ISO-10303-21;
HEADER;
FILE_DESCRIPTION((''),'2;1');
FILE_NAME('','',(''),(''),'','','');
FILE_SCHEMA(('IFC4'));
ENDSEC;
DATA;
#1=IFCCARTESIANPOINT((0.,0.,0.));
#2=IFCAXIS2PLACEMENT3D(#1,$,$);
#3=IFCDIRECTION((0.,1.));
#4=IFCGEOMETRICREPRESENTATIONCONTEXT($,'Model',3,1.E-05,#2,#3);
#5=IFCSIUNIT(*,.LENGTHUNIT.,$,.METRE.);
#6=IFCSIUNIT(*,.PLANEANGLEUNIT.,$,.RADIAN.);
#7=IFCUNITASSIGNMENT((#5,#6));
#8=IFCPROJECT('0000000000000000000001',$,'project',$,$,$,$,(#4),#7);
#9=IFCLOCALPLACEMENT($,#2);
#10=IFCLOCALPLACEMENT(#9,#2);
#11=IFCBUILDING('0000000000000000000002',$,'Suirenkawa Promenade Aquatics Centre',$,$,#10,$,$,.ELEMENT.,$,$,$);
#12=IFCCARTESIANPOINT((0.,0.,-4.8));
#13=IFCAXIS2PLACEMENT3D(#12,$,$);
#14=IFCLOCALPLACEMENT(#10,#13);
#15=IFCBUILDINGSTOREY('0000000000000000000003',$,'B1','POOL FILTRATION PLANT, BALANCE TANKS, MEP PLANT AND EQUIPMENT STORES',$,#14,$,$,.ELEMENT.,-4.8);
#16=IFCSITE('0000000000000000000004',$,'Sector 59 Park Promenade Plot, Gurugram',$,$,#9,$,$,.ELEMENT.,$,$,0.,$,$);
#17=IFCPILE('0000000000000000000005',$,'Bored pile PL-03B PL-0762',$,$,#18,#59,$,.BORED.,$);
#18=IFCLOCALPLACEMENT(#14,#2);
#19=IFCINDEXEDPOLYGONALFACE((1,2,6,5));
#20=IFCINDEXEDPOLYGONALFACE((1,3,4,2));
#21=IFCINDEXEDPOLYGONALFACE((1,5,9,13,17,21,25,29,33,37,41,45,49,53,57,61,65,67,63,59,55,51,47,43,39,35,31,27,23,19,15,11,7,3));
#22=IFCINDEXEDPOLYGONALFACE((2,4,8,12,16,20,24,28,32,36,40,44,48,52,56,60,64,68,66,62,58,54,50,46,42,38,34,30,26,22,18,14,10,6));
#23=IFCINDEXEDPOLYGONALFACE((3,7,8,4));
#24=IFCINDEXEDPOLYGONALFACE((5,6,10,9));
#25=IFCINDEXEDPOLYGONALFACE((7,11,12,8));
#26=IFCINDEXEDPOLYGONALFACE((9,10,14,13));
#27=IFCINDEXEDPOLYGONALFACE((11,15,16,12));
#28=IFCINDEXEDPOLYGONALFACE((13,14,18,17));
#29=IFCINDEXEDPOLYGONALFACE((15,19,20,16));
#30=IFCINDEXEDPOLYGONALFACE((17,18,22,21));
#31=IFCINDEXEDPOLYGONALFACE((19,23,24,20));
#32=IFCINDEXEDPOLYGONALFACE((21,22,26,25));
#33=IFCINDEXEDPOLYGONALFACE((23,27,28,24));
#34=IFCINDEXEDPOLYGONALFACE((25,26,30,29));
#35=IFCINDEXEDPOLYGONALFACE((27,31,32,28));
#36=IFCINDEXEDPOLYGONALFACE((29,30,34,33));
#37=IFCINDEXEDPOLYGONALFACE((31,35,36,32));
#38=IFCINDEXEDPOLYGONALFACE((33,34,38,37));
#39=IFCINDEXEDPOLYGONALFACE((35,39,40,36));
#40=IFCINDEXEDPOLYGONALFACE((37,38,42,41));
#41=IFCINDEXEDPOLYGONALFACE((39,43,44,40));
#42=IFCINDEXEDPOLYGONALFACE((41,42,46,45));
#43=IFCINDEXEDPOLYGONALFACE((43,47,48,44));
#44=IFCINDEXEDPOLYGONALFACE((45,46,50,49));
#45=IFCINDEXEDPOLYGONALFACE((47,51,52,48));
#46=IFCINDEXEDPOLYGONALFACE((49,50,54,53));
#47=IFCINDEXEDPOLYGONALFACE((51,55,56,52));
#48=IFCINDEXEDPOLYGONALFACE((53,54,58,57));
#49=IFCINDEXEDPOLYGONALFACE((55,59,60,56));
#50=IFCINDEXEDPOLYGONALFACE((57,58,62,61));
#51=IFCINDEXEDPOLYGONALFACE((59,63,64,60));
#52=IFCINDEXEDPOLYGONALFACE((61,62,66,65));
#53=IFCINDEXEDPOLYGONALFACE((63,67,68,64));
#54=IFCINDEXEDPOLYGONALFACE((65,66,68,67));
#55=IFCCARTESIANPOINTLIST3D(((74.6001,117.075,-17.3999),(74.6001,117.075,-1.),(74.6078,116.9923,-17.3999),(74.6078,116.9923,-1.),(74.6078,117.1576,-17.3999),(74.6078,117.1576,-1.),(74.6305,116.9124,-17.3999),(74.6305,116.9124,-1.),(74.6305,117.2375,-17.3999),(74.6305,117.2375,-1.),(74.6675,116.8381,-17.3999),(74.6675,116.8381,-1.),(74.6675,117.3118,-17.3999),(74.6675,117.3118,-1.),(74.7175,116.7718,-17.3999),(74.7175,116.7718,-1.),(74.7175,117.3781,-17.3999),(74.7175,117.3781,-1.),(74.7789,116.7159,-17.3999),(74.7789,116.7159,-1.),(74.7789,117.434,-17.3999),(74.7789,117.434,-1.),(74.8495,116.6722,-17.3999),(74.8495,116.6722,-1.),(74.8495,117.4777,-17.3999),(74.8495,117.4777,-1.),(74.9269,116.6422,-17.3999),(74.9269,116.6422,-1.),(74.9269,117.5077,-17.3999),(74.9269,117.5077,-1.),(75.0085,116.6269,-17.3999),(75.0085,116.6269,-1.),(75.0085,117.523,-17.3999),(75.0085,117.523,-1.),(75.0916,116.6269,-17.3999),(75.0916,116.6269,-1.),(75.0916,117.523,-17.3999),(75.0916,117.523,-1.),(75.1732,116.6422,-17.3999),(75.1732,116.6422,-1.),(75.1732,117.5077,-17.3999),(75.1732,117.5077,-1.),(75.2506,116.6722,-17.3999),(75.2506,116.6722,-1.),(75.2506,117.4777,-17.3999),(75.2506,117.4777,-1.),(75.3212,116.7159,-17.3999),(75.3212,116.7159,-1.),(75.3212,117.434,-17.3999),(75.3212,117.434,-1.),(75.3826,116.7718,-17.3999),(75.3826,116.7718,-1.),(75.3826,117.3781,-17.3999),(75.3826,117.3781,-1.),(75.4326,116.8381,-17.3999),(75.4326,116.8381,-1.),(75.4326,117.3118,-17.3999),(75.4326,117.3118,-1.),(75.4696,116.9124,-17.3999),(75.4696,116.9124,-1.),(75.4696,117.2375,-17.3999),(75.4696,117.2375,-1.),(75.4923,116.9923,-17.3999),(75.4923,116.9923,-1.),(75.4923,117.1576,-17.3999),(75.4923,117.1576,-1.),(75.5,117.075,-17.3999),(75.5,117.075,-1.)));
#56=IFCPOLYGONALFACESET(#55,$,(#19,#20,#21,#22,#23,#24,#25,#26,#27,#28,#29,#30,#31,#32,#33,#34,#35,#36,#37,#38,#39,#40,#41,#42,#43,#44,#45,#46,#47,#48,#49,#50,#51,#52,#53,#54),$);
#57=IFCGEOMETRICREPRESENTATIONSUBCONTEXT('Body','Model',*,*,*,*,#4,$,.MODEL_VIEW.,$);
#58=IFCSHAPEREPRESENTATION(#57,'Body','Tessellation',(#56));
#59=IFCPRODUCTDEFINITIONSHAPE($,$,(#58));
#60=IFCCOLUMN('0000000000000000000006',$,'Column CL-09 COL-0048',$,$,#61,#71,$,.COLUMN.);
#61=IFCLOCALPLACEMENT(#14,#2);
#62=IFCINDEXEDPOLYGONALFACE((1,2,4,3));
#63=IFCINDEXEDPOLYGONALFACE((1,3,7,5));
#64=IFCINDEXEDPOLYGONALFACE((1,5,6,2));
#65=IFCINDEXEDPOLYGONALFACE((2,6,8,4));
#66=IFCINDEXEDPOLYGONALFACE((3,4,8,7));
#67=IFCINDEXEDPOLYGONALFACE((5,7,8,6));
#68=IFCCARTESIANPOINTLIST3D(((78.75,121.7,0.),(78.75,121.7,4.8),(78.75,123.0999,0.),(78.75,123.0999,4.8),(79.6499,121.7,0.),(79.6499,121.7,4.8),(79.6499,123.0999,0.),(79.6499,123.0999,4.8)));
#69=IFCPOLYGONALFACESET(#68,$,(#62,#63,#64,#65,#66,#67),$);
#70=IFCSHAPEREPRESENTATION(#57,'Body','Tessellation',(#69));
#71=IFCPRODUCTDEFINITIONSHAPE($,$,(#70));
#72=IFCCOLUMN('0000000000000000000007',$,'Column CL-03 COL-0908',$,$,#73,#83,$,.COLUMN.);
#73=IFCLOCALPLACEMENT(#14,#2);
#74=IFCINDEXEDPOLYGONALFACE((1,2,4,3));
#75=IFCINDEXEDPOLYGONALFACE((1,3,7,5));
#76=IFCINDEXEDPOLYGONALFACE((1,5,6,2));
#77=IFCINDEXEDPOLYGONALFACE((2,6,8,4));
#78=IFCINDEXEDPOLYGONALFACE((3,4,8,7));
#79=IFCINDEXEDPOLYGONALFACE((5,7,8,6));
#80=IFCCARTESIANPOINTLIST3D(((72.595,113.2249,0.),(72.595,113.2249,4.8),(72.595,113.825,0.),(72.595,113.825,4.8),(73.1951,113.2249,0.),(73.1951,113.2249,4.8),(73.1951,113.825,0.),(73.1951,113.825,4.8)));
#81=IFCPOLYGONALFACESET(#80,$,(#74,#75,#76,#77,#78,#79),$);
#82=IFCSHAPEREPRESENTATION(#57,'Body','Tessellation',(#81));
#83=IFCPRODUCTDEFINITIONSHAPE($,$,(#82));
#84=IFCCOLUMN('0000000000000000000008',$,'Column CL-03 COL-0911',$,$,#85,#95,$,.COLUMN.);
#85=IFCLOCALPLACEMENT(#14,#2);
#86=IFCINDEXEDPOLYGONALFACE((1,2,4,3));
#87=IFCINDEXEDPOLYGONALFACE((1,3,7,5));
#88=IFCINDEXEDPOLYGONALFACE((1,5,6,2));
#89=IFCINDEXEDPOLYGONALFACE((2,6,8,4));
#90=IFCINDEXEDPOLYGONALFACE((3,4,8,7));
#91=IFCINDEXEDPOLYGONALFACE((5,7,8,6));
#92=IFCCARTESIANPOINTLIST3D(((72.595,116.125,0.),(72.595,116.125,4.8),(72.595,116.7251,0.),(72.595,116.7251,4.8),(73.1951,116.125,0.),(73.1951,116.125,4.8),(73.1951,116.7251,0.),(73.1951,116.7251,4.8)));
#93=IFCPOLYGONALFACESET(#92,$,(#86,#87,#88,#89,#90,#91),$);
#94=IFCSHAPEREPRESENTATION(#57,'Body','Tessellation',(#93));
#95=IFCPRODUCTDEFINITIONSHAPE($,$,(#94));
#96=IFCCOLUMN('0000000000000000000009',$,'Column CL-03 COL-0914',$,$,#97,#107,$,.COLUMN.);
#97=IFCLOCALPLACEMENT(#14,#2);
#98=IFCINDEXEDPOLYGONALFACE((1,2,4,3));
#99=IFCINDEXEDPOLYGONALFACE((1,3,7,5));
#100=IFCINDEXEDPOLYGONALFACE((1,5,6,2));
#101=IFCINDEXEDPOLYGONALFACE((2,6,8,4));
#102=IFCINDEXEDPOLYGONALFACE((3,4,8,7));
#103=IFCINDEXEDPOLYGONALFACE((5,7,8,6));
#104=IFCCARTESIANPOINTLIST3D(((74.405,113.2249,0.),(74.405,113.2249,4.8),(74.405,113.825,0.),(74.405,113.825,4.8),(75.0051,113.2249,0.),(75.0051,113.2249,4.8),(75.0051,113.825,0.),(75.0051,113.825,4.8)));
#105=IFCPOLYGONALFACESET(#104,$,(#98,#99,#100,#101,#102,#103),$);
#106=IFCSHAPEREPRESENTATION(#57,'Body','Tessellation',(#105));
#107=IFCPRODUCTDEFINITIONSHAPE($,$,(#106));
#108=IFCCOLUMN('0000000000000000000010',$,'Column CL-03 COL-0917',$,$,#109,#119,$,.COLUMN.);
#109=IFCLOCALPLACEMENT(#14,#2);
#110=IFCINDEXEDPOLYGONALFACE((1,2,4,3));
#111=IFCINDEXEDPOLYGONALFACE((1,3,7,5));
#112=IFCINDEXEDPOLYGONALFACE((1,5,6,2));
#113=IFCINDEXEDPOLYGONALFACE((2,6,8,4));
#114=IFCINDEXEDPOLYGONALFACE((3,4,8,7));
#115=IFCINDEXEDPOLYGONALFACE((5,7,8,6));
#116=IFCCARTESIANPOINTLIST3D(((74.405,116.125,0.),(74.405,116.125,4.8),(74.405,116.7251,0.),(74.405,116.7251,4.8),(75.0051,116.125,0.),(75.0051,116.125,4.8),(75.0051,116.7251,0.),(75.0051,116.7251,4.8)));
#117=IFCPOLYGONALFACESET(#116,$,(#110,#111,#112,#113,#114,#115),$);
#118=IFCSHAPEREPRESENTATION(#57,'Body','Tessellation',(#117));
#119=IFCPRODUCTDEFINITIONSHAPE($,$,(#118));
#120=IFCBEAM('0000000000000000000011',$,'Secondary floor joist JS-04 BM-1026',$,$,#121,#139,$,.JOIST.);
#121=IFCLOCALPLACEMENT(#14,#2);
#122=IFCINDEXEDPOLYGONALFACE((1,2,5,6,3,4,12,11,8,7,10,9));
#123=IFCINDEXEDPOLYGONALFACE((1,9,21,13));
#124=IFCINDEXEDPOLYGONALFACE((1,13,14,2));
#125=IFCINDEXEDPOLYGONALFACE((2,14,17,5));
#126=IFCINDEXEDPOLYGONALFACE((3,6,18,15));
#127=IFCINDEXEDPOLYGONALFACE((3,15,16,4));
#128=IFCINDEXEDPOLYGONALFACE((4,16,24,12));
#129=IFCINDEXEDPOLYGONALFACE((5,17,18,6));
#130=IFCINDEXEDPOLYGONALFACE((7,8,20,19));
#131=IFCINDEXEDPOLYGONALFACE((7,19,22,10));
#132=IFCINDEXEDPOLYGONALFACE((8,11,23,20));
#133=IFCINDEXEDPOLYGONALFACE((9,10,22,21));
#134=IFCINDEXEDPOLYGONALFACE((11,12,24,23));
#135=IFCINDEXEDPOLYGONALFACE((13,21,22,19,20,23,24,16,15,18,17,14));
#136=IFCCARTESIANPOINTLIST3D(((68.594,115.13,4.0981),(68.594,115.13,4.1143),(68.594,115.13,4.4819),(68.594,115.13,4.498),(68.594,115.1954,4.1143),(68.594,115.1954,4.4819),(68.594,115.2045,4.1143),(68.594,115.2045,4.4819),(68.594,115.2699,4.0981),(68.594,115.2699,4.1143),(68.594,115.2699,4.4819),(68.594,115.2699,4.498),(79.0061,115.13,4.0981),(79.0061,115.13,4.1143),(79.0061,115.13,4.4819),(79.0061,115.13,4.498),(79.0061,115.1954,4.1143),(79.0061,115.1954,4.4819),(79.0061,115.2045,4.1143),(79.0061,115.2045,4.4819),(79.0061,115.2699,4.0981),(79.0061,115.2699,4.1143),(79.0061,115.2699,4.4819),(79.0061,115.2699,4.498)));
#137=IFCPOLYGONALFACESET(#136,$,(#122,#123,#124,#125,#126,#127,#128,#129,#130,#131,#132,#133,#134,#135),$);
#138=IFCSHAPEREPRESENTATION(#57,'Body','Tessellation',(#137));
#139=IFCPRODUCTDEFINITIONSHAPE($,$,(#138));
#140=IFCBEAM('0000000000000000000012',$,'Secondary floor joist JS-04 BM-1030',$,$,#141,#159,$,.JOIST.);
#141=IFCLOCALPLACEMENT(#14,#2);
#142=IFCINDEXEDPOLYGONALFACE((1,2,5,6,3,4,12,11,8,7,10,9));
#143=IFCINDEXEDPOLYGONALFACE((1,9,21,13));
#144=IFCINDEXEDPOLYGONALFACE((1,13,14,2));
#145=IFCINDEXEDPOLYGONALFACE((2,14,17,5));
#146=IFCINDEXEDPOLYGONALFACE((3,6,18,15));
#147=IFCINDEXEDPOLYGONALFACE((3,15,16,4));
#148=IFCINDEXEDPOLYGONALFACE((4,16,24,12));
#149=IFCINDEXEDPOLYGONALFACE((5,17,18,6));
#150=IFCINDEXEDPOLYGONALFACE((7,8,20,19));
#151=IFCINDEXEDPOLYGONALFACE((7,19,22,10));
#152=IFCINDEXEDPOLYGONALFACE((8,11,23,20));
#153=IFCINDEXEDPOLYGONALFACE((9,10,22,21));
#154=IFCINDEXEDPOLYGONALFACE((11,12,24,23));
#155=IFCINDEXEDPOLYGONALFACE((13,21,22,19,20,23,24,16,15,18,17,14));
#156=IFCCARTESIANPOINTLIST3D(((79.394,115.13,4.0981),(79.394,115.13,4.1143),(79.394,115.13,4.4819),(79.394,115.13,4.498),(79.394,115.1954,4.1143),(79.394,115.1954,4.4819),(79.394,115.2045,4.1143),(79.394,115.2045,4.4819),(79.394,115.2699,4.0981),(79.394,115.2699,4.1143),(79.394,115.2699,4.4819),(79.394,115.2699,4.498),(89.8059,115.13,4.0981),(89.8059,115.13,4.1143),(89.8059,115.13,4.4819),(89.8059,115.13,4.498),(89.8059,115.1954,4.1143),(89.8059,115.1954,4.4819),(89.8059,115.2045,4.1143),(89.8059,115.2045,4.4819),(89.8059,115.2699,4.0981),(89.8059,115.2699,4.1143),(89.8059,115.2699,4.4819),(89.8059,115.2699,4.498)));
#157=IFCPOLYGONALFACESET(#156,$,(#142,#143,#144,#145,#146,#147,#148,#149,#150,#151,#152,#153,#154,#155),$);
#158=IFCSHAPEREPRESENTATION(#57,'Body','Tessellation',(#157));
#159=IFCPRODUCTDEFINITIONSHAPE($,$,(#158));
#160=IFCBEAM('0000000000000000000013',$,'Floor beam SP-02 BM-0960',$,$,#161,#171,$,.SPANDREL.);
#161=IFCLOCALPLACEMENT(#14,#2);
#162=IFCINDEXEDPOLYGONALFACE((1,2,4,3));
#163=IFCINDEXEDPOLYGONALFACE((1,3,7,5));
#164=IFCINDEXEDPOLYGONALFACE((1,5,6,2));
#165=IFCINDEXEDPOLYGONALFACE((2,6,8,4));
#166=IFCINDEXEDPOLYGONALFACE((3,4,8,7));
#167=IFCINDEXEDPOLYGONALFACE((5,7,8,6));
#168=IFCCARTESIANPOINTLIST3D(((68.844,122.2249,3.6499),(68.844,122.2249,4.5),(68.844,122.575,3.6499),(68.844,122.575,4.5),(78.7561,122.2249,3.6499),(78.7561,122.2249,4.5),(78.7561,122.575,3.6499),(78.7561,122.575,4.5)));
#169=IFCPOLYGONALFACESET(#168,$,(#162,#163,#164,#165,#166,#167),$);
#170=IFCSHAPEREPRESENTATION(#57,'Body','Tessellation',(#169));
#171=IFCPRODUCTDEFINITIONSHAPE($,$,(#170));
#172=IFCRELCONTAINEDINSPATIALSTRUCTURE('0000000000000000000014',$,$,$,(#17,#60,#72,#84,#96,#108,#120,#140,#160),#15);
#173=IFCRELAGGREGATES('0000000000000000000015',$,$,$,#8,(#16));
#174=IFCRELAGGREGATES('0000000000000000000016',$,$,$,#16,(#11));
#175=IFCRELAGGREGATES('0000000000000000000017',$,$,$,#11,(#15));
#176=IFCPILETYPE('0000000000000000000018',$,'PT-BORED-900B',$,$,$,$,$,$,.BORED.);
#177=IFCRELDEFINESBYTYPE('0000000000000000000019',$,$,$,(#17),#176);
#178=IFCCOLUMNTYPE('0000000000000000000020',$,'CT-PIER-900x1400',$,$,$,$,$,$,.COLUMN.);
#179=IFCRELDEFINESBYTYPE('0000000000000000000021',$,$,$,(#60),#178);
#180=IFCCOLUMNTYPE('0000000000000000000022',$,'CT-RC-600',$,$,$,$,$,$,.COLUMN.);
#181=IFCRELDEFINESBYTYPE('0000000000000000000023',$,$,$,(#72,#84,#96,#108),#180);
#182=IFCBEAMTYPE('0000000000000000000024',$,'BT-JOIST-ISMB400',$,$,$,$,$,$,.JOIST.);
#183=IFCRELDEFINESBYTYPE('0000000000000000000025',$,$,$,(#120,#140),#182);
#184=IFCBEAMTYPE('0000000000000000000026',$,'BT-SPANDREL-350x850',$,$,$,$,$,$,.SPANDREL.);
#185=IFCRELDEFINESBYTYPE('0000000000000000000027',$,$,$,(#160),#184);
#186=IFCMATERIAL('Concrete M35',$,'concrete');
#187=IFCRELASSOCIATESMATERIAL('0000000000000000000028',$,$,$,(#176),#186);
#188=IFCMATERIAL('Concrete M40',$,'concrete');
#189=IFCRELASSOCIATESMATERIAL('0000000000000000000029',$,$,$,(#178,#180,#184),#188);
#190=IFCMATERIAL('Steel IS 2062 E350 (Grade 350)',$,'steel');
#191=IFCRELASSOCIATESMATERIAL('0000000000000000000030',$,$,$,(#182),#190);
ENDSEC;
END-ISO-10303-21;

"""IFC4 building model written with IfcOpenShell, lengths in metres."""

from ifc_helpers import new_model, si_unit, direction, frame, origin, origin_2d, place, context, subcontext, project, spatial, rectangle, circle, i_section, extrude, material, material_profile, profile_set, type_object, element, save


model = new_model("IFC4")

# Units and contexts
model_context = context("Model", 3, precision=1e-05, world=origin(), true_north=direction((0.0, 1.0)))
body_context = subcontext(model_context, "Body", "Model", "MODEL_VIEW")
ifc_project = project(units=[si_unit("LENGTHUNIT", "METRE"), si_unit("PLANEANGLEUNIT", "RADIAN")], contexts=[model_context])

# Site, building, storey
site_placement = place(None, origin())
site = spatial("IfcSite", under=ifc_project, at=site_placement, Name="Sector 59 Park Promenade Plot, Gurugram", CompositionType="ELEMENT", RefElevation=0.0)
building_placement = place(site_placement, origin())
building = spatial("IfcBuilding", under=site, at=building_placement, Name="Suirenkawa Promenade Aquatics Centre", CompositionType="ELEMENT")
storey_placement = place(building_placement, frame((0.0, 0.0, -4.8)))
storey = spatial("IfcBuildingStorey", under=building, at=storey_placement, Name="B1", Description="POOL FILTRATION PLANT, BALANCE TANKS, MEP PLANT AND EQUIPMENT STORES", CompositionType="ELEMENT", Elevation=-4.8)

# Shared definitions
ifc_material_1 = material(Name="Concrete M35", Category="concrete")

# Pile
ifc_material_profile_1 = material_profile(ifc_material_1, circle(Radius=0.45, at=origin_2d()), Name="PILE D900", Category="concrete")
ifc_profile_set_1 = profile_set([ifc_material_profile_1], Name="Concrete M35")
pile_type_1 = type_object("IfcPileType", Name="PT-BORED-900B", PredefinedType="BORED", material=ifc_profile_set_1)
for number, where, z_axis, x_axis, name in (
    (1, (75.05, 117.075, -1.0), (0.0, 0.0, -1.0), (1.0, 0.0, 0.0), "Bored pile PL-03B PL-0762"),
):
    element("IfcPile", number, at=place(storey_placement, frame(where, z_axis=z_axis, x_axis=x_axis)), inside=storey, type_object=pile_type_1, Name=name, PredefinedType="BORED", context=body_context, shape_type="SweptSolid", body=[
        extrude(circle(Radius=0.45, at=origin_2d()), origin(), (0.0, 0.0, 1.0), 16.3999),
    ])

# Columns
ifc_material_2 = material(Name="Concrete M40", Category="concrete")
ifc_material_profile_2 = material_profile(ifc_material_2, rectangle(XDim=0.8999, YDim=1.3999, at=origin_2d()), Name="RC PIER 900x1400", Category="concrete")
ifc_profile_set_2 = profile_set([ifc_material_profile_2], Name="Concrete M40")
column_type_1 = type_object("IfcColumnType", Name="CT-PIER-900x1400", PredefinedType="COLUMN", material=ifc_profile_set_2)
column_placement = place(storey_placement, frame((79.2, 122.3999, 0.0), z_axis=(0.0, 0.0, 1.0), x_axis=(1.0, 0.0, 0.0)))
element("IfcColumn", 2, at=column_placement, inside=storey, type_object=column_type_1, Name="Column CL-09 COL-0048", PredefinedType="COLUMN", context=body_context, shape_type="SweptSolid", body=[
    extrude(rectangle(XDim=0.8999, YDim=1.3999, at=origin_2d()), origin(), (0.0, 0.0, 1.0), 4.8),
])
ifc_material_profile_3 = material_profile(ifc_material_2, rectangle(XDim=0.6001, YDim=0.6001, at=origin_2d()), Name="RC COL 600x600", Category="concrete")
ifc_profile_set_3 = profile_set([ifc_material_profile_3], Name="Concrete M40")
column_type_2 = type_object("IfcColumnType", Name="CT-RC-600", PredefinedType="COLUMN", material=ifc_profile_set_3)
for number, where, z_axis, x_axis, name in (
    (3, (72.895, 113.5249, 0.0), (0.0, 0.0, 1.0), (1.0, 0.0, 0.0), "Column CL-03 COL-0908"),
    (4, (72.895, 116.425, 0.0), (0.0, 0.0, 1.0), (1.0, 0.0, 0.0), "Column CL-03 COL-0911"),
    (5, (74.7051, 113.5249, 0.0), (0.0, 0.0, 1.0), (1.0, 0.0, 0.0), "Column CL-03 COL-0914"),
    (6, (74.7051, 116.425, 0.0), (0.0, 0.0, 1.0), (1.0, 0.0, 0.0), "Column CL-03 COL-0917"),
):
    element("IfcColumn", number, at=place(storey_placement, frame(where, z_axis=z_axis, x_axis=x_axis)), inside=storey, type_object=column_type_2, Name=name, PredefinedType="COLUMN", context=body_context, shape_type="SweptSolid", body=[
        extrude(rectangle(XDim=0.6001, YDim=0.6001, at=origin_2d()), origin(), (0.0, 0.0, 1.0), 4.8),
    ])

# Beams
ifc_material_3 = material(Name="Steel IS 2062 E350 (Grade 350)", Category="steel")
ifc_material_profile_4 = material_profile(ifc_material_3, i_section(OverallWidth=0.1399, OverallDepth=0.3999, WebThickness=0.009, FlangeThickness=0.0161, at=origin_2d()), Name="ISMB 400", Category="steel")
ifc_profile_set_4 = profile_set([ifc_material_profile_4], Name="Steel IS 2062 E350 (Grade 350)")
beam_type_1 = type_object("IfcBeamType", Name="BT-JOIST-ISMB400", PredefinedType="JOIST", material=ifc_profile_set_4)
beam_1_placement = place(storey_placement, frame((68.594, 115.2, 4.2981), z_axis=(1.0, 0.0, 0.0), x_axis=(0.0, 1.0, 0.0)))
element("IfcBeam", 7, at=beam_1_placement, inside=storey, type_object=beam_type_1, Name="Secondary floor joist JS-04 BM-1026", PredefinedType="JOIST", context=body_context, shape_type="SweptSolid", body=[
    extrude(i_section(OverallWidth=0.1399, OverallDepth=0.3999, WebThickness=0.009, FlangeThickness=0.0161, at=origin_2d()), origin(), (0.0, 0.0, 1.0), 10.4121),
])
beam_2_placement = place(storey_placement, frame((79.394, 115.2, 4.2981), z_axis=(1.0, 0.0, 0.0), x_axis=(0.0, 1.0, 0.0)))
element("IfcBeam", 8, at=beam_2_placement, inside=storey, type_object=beam_type_1, Name="Secondary floor joist JS-04 BM-1030", PredefinedType="JOIST", context=body_context, shape_type="SweptSolid", body=[
    extrude(i_section(OverallWidth=0.1399, OverallDepth=0.3999, WebThickness=0.009, FlangeThickness=0.0161, at=origin_2d()), origin(), (0.0, 0.0, 1.0), 10.4119),
])
ifc_material_profile_5 = material_profile(ifc_material_2, rectangle(XDim=0.3501, YDim=0.8501, at=origin_2d()), Name="RC SPANDREL 350x850", Category="concrete")
ifc_profile_set_5 = profile_set([ifc_material_profile_5], Name="Concrete M40")
beam_type_2 = type_object("IfcBeamType", Name="BT-SPANDREL-350x850", PredefinedType="SPANDREL", material=ifc_profile_set_5)
beam_3_placement = place(storey_placement, frame((68.844, 122.3999, 4.075), z_axis=(1.0, 0.0, 0.0), x_axis=(0.0, 1.0, 0.0)))
element("IfcBeam", 9, at=beam_3_placement, inside=storey, type_object=beam_type_2, Name="Floor beam SP-02 BM-0960", PredefinedType="SPANDREL", context=body_context, shape_type="SweptSolid", body=[
    extrude(rectangle(XDim=0.3501, YDim=0.8501, at=origin_2d()), origin(), (0.0, 0.0, 1.0), 9.9121),
])

save(model, "model.ifc")
